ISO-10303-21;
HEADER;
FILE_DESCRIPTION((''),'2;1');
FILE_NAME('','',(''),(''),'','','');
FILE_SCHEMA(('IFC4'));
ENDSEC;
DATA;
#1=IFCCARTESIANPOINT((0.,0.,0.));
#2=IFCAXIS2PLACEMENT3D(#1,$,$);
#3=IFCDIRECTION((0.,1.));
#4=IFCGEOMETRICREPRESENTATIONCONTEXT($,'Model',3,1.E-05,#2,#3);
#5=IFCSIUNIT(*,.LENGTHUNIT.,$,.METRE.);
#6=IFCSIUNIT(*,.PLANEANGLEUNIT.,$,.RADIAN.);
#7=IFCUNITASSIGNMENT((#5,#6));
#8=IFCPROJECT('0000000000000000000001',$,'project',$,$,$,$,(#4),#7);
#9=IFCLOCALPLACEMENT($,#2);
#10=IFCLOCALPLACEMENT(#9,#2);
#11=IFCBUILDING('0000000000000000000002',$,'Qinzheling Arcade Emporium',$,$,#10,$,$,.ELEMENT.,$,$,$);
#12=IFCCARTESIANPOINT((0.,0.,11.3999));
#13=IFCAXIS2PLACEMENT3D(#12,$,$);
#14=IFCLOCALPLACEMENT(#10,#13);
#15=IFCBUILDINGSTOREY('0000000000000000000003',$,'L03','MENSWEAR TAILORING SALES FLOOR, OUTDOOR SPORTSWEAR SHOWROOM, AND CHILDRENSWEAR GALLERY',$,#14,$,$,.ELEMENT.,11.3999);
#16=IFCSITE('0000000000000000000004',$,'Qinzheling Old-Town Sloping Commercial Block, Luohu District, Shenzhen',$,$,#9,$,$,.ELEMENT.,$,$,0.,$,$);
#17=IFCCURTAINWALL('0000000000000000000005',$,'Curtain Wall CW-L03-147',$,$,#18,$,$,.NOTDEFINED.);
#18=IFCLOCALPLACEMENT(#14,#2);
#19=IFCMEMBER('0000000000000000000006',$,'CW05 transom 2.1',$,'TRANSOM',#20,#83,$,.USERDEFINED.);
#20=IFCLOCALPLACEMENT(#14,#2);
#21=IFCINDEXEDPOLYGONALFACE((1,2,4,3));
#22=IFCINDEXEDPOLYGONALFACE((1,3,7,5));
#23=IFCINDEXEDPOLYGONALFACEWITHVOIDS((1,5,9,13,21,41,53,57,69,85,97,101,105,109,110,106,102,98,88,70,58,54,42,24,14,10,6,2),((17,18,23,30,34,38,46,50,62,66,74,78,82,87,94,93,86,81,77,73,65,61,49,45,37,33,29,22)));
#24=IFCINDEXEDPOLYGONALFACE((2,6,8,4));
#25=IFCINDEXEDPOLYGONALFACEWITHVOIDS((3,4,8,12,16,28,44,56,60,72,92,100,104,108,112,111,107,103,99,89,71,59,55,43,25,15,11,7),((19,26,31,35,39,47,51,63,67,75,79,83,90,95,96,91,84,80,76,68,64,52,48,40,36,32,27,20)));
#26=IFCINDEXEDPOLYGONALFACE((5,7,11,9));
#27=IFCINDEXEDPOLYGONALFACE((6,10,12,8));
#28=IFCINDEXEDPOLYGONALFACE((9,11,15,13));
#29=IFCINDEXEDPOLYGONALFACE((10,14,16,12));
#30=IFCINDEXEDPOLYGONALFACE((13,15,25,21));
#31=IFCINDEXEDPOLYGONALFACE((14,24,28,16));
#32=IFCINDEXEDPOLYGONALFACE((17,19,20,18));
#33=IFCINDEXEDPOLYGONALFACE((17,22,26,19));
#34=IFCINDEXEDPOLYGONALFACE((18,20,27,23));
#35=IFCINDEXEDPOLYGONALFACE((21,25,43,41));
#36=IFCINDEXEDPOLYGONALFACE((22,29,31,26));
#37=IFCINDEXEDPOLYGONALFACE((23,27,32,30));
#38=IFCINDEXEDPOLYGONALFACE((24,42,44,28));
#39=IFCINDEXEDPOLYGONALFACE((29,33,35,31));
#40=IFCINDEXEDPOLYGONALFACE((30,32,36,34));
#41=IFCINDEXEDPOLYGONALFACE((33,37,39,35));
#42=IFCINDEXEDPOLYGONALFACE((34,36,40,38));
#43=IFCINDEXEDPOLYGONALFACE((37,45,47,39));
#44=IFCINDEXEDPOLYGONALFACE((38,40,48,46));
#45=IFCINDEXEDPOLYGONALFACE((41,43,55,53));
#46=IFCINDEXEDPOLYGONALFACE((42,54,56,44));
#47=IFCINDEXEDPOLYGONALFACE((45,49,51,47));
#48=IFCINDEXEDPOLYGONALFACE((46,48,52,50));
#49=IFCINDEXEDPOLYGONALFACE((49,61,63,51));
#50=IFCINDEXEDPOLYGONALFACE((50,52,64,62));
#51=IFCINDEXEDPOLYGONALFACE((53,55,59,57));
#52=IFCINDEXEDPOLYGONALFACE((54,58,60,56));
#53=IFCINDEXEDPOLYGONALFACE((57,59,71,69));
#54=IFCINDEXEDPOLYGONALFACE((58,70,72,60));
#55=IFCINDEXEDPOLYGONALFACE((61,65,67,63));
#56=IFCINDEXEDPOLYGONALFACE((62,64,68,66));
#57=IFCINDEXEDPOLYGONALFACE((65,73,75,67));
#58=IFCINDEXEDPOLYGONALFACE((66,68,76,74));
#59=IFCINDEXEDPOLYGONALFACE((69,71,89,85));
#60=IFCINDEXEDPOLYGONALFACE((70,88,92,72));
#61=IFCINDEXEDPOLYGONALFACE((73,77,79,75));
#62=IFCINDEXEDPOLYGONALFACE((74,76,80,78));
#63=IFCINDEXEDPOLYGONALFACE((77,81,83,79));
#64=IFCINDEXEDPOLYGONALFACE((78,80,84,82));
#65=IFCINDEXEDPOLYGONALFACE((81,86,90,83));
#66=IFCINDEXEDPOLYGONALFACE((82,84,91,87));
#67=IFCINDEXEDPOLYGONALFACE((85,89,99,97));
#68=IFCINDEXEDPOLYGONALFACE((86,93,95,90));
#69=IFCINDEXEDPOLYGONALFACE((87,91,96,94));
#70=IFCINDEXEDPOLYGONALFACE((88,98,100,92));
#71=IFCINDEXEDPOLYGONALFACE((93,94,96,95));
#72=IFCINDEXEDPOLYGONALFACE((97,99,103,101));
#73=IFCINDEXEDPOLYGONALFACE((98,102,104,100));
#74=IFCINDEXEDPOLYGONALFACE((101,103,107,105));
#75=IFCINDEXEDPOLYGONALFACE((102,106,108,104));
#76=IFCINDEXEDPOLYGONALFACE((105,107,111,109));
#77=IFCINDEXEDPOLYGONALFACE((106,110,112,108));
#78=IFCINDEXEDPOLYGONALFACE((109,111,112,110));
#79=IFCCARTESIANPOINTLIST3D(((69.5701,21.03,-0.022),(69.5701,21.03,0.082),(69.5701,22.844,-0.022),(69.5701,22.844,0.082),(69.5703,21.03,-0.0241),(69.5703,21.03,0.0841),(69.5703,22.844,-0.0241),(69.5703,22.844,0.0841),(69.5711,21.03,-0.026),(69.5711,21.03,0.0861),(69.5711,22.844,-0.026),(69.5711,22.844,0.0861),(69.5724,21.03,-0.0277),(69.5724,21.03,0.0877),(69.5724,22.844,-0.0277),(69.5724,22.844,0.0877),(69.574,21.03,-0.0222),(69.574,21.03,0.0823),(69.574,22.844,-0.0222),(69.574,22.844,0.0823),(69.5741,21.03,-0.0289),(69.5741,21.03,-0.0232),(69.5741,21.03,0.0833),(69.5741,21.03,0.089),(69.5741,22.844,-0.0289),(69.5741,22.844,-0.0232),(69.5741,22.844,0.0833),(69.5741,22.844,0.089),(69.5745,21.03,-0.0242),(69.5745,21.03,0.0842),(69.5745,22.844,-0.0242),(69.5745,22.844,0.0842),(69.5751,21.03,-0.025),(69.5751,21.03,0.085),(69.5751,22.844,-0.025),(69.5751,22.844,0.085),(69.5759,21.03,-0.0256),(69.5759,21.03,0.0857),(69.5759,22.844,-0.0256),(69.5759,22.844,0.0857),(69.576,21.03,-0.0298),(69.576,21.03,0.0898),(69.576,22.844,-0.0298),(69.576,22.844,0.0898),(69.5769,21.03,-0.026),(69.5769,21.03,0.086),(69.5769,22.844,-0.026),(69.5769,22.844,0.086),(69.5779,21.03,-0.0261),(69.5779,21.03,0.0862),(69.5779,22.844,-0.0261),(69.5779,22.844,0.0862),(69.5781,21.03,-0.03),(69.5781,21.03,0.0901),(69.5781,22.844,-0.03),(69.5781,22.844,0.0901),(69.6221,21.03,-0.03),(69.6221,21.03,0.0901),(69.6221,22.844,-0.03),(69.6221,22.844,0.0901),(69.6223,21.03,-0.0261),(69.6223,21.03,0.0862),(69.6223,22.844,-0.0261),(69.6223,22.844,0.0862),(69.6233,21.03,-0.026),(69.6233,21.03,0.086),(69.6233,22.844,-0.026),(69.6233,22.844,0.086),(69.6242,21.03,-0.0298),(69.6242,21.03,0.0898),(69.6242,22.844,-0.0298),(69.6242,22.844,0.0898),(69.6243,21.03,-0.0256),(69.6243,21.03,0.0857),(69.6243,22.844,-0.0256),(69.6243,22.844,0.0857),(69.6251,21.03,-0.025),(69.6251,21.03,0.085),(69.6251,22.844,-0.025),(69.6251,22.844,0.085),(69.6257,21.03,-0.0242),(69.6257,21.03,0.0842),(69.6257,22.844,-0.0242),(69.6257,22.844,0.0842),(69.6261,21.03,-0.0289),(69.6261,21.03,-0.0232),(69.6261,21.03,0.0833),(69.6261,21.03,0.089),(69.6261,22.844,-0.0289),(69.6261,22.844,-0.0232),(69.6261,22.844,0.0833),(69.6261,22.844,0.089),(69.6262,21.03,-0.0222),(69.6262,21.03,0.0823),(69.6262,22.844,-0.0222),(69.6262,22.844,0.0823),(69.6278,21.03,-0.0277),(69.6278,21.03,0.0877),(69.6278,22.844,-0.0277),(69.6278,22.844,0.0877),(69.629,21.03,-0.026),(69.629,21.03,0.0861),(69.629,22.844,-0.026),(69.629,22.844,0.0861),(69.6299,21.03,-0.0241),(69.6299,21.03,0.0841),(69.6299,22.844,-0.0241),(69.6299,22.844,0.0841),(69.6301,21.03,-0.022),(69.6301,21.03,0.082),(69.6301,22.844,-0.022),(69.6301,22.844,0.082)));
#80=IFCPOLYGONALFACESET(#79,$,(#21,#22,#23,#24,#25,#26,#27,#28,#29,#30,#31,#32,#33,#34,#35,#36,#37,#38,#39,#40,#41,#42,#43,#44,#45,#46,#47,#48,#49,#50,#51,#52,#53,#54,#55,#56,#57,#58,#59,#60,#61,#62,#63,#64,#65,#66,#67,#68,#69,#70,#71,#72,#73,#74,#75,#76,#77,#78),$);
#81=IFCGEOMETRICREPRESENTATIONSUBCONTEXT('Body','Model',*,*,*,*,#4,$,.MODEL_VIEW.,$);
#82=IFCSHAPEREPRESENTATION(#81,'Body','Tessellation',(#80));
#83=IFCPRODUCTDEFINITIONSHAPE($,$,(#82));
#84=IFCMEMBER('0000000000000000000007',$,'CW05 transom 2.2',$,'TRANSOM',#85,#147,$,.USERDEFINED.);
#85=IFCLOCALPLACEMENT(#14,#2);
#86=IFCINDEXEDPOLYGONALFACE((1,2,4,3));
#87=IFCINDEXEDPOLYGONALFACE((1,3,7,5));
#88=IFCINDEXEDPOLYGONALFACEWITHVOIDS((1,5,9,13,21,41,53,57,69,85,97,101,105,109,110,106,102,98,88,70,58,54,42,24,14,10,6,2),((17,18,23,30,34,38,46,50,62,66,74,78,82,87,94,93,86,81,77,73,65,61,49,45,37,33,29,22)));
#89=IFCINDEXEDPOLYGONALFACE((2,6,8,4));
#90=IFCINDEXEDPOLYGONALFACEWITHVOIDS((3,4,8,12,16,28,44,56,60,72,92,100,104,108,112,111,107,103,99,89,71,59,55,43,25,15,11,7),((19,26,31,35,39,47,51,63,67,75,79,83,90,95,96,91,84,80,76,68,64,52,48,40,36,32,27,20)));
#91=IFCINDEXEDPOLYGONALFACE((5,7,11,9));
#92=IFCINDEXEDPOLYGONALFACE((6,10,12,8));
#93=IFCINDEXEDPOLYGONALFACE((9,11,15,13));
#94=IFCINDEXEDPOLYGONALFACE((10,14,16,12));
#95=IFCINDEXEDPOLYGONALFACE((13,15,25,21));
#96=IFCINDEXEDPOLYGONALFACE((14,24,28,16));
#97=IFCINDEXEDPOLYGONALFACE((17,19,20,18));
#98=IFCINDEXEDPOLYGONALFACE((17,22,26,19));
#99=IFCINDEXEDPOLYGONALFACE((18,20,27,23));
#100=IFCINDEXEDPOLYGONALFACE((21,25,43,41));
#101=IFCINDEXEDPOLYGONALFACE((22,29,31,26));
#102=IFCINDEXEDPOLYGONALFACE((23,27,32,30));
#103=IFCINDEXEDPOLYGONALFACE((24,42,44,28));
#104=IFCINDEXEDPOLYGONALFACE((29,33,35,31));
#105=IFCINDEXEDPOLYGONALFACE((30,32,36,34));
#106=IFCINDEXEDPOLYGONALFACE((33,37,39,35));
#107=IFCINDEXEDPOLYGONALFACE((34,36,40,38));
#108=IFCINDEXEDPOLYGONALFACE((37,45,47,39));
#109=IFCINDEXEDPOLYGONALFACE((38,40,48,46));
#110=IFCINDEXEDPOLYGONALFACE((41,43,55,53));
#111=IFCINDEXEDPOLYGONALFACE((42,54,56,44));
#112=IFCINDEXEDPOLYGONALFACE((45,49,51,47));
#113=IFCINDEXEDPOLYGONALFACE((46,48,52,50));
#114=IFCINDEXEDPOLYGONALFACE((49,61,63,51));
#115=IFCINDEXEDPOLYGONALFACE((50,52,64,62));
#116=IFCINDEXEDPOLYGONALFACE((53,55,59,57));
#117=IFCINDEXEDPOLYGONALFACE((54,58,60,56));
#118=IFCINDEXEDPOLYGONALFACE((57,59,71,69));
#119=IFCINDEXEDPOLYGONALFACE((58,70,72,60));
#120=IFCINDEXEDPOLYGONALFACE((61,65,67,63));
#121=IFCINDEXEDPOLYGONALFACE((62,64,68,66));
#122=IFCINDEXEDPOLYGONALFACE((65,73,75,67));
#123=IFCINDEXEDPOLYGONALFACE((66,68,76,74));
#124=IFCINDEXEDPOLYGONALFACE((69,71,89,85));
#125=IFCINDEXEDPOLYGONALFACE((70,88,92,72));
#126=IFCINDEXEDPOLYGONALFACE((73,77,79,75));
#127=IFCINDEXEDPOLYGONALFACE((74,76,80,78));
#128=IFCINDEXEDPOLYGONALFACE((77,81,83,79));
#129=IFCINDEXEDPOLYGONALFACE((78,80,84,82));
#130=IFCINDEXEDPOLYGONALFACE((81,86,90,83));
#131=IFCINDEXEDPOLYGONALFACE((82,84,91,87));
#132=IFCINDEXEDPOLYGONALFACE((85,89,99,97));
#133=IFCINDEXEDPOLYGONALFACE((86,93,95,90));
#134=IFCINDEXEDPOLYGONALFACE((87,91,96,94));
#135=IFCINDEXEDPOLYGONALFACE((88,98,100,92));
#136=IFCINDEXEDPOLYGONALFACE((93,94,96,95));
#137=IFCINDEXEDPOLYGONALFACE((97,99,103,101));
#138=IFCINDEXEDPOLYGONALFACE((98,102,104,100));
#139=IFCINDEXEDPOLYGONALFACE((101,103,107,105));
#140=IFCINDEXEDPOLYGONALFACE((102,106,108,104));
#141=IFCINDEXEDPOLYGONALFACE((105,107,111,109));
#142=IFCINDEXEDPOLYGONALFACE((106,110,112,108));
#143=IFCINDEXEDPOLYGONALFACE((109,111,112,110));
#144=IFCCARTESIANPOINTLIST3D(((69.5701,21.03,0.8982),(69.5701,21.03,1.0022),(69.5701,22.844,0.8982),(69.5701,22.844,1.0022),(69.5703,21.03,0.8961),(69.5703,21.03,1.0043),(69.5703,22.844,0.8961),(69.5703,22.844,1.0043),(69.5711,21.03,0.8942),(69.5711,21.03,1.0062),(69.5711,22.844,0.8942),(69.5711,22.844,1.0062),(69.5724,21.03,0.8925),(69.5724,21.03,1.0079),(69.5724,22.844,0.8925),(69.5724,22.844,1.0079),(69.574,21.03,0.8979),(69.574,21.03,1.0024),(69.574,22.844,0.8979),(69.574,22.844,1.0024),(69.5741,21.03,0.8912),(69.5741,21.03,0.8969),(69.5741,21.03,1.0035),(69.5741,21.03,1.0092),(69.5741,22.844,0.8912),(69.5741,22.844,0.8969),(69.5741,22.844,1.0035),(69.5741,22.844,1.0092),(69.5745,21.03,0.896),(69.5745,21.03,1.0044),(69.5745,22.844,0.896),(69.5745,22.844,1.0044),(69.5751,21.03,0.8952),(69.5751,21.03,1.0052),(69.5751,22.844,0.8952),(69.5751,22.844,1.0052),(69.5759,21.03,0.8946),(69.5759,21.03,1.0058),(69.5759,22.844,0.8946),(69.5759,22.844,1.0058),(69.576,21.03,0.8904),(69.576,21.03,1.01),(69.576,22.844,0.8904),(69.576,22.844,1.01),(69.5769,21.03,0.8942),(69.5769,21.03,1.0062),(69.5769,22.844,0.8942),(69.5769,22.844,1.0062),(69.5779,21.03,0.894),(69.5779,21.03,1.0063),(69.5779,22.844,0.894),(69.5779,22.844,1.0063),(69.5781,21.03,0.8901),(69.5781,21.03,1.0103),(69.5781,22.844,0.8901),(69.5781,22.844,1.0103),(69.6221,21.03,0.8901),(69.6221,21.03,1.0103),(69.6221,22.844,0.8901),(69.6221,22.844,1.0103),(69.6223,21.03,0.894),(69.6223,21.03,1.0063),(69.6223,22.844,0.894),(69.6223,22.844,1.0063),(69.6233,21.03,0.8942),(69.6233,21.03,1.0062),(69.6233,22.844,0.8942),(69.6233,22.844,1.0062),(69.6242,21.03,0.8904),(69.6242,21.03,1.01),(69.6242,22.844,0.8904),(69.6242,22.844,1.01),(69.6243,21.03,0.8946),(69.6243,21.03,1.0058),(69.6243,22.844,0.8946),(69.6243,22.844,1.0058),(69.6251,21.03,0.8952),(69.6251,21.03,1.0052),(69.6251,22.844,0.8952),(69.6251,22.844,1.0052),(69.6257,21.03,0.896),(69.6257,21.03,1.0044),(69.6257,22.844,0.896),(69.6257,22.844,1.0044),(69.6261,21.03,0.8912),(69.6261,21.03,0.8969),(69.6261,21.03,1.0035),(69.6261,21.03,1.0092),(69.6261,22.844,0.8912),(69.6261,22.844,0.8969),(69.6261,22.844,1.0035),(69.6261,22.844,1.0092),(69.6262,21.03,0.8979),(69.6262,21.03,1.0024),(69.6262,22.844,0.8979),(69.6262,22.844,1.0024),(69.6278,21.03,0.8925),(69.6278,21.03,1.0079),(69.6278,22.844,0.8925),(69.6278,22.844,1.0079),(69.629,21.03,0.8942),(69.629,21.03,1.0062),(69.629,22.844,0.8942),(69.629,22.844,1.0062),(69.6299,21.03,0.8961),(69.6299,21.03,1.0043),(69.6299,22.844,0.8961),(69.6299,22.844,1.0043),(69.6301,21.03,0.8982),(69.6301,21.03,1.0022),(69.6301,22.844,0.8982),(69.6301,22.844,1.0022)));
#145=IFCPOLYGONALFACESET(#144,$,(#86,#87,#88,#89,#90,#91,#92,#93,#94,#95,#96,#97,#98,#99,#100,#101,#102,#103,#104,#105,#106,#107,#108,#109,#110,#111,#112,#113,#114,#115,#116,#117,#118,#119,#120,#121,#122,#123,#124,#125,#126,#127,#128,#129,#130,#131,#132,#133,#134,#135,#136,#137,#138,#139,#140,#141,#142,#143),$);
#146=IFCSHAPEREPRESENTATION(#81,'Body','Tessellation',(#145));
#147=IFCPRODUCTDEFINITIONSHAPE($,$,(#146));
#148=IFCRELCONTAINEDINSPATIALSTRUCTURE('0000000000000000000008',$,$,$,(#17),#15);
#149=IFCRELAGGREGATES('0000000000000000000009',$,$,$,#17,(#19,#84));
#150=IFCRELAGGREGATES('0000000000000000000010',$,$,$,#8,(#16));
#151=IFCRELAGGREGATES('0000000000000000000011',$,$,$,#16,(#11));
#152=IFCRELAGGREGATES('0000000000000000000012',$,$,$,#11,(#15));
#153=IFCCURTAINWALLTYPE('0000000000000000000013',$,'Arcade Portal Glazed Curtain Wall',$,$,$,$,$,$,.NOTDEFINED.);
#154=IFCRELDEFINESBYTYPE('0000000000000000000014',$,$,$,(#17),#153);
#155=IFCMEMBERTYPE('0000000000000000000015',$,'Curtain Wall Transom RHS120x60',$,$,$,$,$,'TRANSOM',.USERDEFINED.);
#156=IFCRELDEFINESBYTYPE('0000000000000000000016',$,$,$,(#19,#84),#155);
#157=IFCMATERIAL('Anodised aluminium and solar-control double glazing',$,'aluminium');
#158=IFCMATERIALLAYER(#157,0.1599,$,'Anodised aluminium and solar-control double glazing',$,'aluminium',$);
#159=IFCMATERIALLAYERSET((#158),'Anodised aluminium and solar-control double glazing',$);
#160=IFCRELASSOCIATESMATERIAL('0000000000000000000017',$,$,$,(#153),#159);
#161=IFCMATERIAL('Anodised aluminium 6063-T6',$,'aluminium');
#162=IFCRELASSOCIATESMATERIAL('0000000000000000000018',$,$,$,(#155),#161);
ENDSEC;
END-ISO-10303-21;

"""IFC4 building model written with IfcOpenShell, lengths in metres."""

from ifc_helpers import new_model, si_unit, direction, frame, origin, origin_2d, place, context, subcontext, project, spatial, hollow_rectangle, extrude, material, layer, layer_set, material_profile, profile_set, type_object, element, aggregate, save


model = new_model("IFC4")

# Units and contexts
model_context = context("Model", 3, precision=1e-05, world=origin(), true_north=direction((0.0, 1.0)))
body_context = subcontext(model_context, "Body", "Model", "MODEL_VIEW")
ifc_project = project(units=[si_unit("LENGTHUNIT", "METRE"), si_unit("PLANEANGLEUNIT", "RADIAN")], contexts=[model_context])

# Site, building, storey
site_placement = place(None, origin())
site = spatial("IfcSite", under=ifc_project, at=site_placement, Name="Qinzheling Old-Town Sloping Commercial Block, Luohu District, Shenzhen", CompositionType="ELEMENT", RefElevation=0.0)
building_placement = place(site_placement, origin())
building = spatial("IfcBuilding", under=site, at=building_placement, Name="Qinzheling Arcade Emporium", CompositionType="ELEMENT")
storey_placement = place(building_placement, frame((0.0, 0.0, 11.3999)))
storey = spatial("IfcBuildingStorey", under=building, at=storey_placement, Name="L03", Description="MENSWEAR TAILORING SALES FLOOR, OUTDOOR SPORTSWEAR SHOWROOM, AND CHILDRENSWEAR GALLERY", CompositionType="ELEMENT", Elevation=11.3999)

# Shared definitions
ifc_material_1 = material(Name="Anodised aluminium and solar-control double glazing", Category="aluminium")
ifc_layer_1 = layer(ifc_material_1, 0.1599, Name="Anodised aluminium and solar-control double glazing", Category="aluminium")
ifc_layer_set_1 = layer_set([ifc_layer_1], Name="Anodised aluminium and solar-control double glazing")
curtain_wall_type = type_object("IfcCurtainWallType", Name="Arcade Portal Glazed Curtain Wall", PredefinedType="NOTDEFINED", material=ifc_layer_set_1)
ifc_material_2 = material(Name="Anodised aluminium 6063-T6", Category="aluminium")

# Curtain wall
curtain_wall_1_placement = place(storey_placement, origin())
curtain_wall_1 = element("IfcCurtainWall", 1, at=curtain_wall_1_placement, inside=storey, type_object=curtain_wall_type, Name="Curtain Wall CW-L03-147", PredefinedType="NOTDEFINED")

# Members
ifc_material_profile_1 = material_profile(ifc_material_2, hollow_rectangle(XDim=0.0601, YDim=0.1201, WallThickness=0.0039, InnerFilletRadius=0.0039, OuterFilletRadius=0.0081, at=origin_2d()), Name="RHS 120x60x4", Category="aluminium")
ifc_profile_set_1 = profile_set([ifc_material_profile_1], Name="Anodised aluminium 6063-T6")
member_type_1 = type_object("IfcMemberType", Name="Curtain Wall Transom RHS120x60", ElementType="TRANSOM", PredefinedType="USERDEFINED", material=ifc_profile_set_1)
member_1_placement = place(storey_placement, frame((69.6001, 22.844, 0.03), z_axis=(0.0, -1.0, 0.0), x_axis=(1.0, 0.0, 0.0)))
member_1 = element("IfcMember", 2, at=member_1_placement, type_object=member_type_1, Name="CW05 transom 2.1", ObjectType="TRANSOM", PredefinedType="USERDEFINED", context=body_context, shape_type="SweptSolid", body=[
    extrude(hollow_rectangle(XDim=0.0601, YDim=0.1201, WallThickness=0.0039, InnerFilletRadius=0.0039, OuterFilletRadius=0.0081, at=origin_2d()), origin(), (0.0, 0.0, 1.0), 1.814),
])
member_2_placement = place(storey_placement, frame((69.6001, 22.844, 0.9502), z_axis=(0.0, -1.0, 0.0), x_axis=(1.0, 0.0, 0.0)))
member_2 = element("IfcMember", 3, at=member_2_placement, type_object=member_type_1, Name="CW05 transom 2.2", ObjectType="TRANSOM", PredefinedType="USERDEFINED", context=body_context, shape_type="SweptSolid", body=[
    extrude(hollow_rectangle(XDim=0.0601, YDim=0.1201, WallThickness=0.0039, InnerFilletRadius=0.0039, OuterFilletRadius=0.0081, at=origin_2d()), origin(), (0.0, 0.0, 1.0), 1.814),
])

aggregate(curtain_wall_1, [member_1, member_2])

save(model, "model.ifc")
